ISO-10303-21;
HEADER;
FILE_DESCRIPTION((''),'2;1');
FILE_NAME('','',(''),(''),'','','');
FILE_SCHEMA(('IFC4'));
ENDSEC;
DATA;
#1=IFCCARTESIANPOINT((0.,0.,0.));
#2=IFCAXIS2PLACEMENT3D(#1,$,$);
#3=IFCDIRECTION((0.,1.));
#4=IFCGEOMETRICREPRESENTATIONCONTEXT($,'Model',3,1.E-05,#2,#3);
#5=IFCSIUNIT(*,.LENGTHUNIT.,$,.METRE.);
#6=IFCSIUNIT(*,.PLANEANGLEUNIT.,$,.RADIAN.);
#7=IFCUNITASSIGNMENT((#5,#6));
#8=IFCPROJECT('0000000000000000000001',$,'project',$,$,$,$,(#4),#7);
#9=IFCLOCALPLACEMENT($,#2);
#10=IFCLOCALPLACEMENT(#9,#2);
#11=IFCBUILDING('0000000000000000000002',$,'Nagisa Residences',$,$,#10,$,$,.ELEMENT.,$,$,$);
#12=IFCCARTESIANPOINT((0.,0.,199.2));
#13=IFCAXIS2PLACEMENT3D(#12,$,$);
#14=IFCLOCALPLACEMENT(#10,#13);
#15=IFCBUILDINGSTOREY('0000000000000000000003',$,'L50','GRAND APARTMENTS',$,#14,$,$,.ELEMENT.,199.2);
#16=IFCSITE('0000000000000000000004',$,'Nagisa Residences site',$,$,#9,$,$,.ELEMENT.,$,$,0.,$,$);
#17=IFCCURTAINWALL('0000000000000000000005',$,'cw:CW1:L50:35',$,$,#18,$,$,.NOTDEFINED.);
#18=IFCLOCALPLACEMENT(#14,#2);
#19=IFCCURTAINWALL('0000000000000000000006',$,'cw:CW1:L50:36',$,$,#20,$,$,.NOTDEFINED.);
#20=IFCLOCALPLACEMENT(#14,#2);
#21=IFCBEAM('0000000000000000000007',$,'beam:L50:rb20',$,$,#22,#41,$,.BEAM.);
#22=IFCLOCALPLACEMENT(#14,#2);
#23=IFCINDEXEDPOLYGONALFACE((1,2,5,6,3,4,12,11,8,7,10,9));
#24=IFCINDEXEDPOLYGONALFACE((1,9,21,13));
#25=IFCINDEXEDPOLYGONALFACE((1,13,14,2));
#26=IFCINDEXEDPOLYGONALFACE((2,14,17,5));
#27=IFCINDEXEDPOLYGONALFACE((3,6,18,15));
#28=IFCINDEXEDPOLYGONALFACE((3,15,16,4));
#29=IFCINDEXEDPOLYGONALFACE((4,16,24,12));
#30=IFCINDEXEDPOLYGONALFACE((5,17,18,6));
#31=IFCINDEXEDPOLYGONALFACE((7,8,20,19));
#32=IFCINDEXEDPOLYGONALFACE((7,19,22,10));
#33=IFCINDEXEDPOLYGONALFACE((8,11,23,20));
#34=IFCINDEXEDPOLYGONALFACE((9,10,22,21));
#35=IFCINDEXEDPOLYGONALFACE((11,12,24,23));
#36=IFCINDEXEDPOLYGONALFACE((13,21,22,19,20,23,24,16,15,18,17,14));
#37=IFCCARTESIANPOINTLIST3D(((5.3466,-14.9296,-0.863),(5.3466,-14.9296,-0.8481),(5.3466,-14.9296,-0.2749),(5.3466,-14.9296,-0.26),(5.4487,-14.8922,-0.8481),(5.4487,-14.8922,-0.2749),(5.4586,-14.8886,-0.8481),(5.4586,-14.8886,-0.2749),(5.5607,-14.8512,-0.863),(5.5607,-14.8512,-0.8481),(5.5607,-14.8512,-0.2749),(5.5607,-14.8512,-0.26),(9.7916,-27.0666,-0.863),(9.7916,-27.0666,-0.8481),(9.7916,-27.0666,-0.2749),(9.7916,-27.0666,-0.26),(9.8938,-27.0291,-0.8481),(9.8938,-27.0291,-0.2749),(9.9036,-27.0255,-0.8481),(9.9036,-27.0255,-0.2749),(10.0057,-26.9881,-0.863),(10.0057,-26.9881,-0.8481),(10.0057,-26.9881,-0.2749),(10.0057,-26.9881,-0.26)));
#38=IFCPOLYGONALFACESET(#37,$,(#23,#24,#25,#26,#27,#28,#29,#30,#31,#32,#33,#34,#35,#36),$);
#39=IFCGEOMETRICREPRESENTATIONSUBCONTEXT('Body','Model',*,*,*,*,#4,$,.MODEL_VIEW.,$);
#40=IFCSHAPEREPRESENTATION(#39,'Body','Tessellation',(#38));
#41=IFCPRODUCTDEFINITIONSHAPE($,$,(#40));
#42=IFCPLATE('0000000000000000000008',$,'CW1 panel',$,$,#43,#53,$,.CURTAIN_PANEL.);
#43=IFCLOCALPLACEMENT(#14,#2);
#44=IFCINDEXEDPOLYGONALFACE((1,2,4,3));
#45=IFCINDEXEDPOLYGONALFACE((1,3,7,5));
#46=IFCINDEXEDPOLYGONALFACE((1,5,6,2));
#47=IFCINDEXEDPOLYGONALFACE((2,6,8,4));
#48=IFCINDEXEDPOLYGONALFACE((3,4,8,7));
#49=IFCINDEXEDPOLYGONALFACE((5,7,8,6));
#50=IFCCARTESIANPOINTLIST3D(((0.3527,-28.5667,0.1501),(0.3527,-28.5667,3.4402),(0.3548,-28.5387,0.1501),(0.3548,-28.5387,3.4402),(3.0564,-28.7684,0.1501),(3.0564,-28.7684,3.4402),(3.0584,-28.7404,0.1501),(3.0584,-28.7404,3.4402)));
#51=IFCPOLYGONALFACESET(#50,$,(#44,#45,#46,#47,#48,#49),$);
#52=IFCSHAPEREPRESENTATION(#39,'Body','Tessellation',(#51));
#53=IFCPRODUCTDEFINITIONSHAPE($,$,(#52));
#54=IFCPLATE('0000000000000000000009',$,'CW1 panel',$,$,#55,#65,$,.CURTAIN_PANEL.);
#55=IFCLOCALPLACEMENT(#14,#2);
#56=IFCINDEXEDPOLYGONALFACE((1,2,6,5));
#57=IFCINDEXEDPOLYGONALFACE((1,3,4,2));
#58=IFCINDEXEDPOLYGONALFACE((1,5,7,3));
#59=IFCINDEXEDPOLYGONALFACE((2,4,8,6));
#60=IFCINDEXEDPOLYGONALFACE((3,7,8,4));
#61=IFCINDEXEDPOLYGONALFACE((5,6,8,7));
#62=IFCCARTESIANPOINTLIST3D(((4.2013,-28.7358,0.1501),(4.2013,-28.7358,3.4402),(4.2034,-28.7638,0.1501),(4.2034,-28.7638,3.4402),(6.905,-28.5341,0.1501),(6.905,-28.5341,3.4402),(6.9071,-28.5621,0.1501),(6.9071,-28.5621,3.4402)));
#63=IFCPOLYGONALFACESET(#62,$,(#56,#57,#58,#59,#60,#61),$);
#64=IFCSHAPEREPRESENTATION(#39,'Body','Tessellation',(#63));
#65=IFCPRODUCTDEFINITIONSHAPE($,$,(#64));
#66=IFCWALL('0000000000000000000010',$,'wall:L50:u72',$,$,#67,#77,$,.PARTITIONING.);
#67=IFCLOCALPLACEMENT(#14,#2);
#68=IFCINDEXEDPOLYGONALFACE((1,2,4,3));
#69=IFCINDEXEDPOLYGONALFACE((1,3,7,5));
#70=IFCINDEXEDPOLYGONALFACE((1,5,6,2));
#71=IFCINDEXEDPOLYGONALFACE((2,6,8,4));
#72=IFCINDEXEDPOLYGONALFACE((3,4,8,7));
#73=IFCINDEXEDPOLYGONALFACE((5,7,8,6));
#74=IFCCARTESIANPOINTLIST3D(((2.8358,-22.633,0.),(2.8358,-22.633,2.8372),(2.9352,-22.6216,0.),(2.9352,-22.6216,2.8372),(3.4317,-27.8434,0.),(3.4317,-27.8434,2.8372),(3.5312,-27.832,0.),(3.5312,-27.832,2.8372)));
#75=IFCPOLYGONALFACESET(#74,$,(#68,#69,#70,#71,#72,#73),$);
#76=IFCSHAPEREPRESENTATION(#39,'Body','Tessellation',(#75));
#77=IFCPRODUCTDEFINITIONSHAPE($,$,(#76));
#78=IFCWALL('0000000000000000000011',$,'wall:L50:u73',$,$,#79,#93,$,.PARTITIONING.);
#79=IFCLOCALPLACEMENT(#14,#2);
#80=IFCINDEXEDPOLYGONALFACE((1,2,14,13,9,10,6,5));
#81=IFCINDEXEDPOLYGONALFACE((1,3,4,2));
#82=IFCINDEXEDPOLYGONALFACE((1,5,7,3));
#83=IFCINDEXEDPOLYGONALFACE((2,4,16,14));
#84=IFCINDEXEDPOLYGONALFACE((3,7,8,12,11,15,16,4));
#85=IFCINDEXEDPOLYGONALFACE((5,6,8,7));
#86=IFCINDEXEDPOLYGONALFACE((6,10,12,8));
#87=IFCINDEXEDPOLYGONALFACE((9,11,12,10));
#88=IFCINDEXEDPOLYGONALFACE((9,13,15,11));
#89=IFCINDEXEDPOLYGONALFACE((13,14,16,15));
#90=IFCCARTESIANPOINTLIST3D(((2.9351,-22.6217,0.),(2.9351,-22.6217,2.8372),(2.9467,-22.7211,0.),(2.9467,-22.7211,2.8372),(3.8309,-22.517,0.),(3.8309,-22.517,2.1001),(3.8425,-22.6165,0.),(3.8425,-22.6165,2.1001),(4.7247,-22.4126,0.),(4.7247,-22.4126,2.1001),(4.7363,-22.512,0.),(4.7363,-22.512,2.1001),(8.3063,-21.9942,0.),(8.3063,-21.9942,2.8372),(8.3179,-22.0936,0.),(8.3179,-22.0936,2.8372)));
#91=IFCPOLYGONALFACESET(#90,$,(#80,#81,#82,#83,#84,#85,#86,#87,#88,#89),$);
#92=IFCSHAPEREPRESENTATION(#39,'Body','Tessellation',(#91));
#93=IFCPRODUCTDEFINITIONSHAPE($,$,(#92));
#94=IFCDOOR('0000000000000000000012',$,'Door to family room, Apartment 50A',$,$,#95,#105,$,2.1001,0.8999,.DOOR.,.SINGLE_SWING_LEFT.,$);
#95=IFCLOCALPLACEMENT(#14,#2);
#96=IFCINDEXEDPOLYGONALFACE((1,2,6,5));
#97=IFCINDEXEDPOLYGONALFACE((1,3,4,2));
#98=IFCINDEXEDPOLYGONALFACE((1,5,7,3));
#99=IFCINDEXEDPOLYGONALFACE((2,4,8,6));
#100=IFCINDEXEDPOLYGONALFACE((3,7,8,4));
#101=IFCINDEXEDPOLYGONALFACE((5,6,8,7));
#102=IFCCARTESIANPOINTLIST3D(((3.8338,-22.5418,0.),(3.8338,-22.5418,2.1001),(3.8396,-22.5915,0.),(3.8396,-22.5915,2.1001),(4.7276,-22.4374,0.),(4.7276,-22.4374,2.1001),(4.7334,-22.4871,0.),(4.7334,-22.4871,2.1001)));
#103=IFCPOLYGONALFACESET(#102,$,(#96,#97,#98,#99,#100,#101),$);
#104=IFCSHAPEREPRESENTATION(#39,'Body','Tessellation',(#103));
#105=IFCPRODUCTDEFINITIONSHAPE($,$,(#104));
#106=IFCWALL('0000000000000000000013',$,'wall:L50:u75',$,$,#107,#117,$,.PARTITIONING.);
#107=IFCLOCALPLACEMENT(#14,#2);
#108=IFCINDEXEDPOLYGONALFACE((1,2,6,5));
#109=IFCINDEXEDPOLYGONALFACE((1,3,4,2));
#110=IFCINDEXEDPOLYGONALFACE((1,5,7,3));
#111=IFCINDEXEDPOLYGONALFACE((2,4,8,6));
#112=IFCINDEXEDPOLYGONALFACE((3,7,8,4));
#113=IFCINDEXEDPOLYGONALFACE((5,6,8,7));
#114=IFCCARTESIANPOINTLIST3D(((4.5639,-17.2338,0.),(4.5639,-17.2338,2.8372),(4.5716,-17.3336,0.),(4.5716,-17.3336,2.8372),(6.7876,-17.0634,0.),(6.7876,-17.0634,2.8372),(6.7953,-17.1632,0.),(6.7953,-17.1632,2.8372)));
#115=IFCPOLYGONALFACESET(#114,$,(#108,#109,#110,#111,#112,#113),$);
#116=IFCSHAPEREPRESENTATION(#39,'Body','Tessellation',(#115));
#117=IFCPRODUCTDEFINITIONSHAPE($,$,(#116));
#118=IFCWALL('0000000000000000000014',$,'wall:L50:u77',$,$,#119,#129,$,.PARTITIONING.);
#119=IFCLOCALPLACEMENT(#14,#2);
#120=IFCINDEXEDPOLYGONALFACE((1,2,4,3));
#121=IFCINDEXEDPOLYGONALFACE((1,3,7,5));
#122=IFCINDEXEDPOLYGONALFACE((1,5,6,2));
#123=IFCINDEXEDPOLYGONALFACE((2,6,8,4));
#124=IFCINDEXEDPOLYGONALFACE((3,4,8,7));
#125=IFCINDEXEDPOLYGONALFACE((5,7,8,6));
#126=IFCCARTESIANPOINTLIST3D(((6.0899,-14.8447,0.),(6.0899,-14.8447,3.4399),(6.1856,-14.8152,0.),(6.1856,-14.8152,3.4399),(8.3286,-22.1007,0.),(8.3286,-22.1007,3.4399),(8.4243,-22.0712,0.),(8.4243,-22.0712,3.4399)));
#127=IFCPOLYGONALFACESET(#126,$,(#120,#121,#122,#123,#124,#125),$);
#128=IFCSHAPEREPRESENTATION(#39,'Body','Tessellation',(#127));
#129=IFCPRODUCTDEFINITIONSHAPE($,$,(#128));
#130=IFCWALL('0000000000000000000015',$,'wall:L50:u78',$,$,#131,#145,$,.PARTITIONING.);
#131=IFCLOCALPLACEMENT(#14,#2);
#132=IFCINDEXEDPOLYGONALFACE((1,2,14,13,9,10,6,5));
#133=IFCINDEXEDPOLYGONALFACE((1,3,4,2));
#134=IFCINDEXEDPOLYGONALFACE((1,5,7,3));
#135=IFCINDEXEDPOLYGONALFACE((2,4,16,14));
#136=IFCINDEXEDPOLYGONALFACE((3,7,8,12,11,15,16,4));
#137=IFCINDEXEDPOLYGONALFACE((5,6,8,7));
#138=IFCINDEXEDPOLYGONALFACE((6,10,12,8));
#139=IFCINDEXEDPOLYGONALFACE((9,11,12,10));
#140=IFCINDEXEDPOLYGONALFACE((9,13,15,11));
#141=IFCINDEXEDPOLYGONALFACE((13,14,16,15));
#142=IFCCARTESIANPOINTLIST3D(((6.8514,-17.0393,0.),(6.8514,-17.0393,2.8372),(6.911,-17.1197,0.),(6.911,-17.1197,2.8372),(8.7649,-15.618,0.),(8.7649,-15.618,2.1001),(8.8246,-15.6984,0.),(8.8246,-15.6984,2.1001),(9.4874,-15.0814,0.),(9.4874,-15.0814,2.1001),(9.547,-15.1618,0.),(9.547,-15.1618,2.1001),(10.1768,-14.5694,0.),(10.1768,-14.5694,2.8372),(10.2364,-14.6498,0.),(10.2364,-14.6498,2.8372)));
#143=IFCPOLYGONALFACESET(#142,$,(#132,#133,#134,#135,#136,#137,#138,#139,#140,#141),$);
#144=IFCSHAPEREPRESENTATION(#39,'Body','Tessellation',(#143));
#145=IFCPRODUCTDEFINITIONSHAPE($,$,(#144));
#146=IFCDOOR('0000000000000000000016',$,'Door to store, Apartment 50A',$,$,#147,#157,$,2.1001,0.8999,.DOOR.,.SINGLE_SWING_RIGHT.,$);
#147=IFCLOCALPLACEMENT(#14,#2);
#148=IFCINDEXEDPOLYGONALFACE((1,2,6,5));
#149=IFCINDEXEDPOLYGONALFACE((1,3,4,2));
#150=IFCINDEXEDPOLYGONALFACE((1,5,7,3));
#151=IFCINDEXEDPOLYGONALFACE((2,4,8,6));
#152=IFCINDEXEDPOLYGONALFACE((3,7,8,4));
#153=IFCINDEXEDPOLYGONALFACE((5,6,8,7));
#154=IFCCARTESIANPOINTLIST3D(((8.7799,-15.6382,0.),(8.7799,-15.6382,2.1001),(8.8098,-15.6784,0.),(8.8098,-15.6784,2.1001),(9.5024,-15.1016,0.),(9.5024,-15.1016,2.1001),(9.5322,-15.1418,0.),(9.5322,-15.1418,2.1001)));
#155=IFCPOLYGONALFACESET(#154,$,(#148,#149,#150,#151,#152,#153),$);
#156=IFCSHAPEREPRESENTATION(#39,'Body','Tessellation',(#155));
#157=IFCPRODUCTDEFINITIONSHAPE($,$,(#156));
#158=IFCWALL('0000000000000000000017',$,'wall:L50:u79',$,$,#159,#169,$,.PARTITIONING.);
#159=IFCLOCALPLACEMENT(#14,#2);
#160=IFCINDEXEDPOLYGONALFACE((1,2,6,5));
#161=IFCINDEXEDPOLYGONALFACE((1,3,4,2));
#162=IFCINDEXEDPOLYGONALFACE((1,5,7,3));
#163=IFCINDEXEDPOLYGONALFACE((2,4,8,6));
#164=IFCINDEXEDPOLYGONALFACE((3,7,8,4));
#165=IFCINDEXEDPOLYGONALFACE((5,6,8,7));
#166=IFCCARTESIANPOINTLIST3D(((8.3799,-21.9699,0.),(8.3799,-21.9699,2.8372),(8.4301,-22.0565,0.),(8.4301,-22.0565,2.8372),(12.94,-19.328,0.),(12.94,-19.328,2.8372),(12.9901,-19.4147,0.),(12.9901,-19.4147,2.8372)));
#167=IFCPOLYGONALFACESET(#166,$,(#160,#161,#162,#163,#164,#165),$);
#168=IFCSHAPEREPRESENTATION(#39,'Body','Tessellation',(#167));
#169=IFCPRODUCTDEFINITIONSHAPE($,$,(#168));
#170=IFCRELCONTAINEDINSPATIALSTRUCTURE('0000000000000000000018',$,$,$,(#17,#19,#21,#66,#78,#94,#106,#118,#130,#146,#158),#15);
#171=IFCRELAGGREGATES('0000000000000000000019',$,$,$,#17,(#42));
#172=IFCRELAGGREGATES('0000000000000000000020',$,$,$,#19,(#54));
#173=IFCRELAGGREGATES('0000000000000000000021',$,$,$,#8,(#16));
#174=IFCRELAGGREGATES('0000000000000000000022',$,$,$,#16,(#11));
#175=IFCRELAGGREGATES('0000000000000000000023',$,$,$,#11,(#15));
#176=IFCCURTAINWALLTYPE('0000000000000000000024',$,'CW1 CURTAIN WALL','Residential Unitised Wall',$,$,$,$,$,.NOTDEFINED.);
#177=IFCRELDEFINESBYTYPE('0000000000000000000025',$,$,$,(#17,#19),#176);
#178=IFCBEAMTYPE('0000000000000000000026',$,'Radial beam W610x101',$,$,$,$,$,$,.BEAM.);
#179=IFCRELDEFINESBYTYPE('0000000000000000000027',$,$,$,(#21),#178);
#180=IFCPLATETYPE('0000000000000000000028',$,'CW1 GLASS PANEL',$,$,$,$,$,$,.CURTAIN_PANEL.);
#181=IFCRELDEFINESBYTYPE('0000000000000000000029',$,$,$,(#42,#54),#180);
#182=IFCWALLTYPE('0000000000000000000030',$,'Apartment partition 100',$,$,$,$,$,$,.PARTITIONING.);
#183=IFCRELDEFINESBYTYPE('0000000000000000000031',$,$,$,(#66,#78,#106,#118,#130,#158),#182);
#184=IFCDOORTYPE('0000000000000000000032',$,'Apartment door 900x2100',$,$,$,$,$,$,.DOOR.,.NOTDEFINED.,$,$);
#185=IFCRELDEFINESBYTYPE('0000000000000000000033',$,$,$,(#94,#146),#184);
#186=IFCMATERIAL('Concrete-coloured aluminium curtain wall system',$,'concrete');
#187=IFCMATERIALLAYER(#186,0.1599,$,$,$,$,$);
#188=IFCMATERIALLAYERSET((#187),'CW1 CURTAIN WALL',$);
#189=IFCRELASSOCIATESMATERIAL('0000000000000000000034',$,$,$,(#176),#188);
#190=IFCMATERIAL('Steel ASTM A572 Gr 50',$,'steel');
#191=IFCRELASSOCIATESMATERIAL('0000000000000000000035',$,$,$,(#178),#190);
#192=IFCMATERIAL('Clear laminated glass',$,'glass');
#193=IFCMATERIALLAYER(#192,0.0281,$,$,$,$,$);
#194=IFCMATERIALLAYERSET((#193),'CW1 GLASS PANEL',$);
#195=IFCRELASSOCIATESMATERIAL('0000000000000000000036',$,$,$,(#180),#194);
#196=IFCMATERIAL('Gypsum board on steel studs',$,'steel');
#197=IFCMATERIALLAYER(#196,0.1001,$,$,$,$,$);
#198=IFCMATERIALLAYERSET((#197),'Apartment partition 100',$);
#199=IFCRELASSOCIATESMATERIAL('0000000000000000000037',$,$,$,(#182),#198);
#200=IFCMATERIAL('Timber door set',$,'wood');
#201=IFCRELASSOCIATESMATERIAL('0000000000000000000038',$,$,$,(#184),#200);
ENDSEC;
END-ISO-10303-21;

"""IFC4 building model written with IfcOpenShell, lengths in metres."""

from ifc_helpers import new_model, si_unit, direction, frame, frame_2d, origin, origin_2d, place, context, subcontext, project, spatial, rectangle, i_section, extrude, material, layer, layer_set, material_profile, profile_set, type_object, element, fill, aggregate, save


model = new_model("IFC4")

# Units and contexts
model_context = context("Model", 3, precision=1e-05, world=origin(), true_north=direction((0.0, 1.0)))
body_context = subcontext(model_context, "Body", "Model", "MODEL_VIEW")
ifc_project = project(units=[si_unit("LENGTHUNIT", "METRE"), si_unit("PLANEANGLEUNIT", "RADIAN")], contexts=[model_context])

# Site, building, storey
site_placement = place(None, origin())
site = spatial("IfcSite", under=ifc_project, at=site_placement, Name="Nagisa Residences site", CompositionType="ELEMENT", RefElevation=0.0)
building_placement = place(site_placement, origin())
building = spatial("IfcBuilding", under=site, at=building_placement, Name="Nagisa Residences", CompositionType="ELEMENT")
storey_placement = place(building_placement, frame((0.0, 0.0, 199.2)))
storey = spatial("IfcBuildingStorey", under=building, at=storey_placement, Name="L50", Description="GRAND APARTMENTS", CompositionType="ELEMENT", Elevation=199.2)

# Curtain walls
ifc_material_1 = material(Name="Concrete-coloured aluminium curtain wall system", Category="concrete")
ifc_layer_1 = layer(ifc_material_1, 0.1599)
ifc_layer_set_1 = layer_set([ifc_layer_1], Name="CW1 CURTAIN WALL")
curtain_wall_type = type_object("IfcCurtainWallType", Name="CW1 CURTAIN WALL", Description="Residential Unitised Wall", PredefinedType="NOTDEFINED", material=ifc_layer_set_1)
curtain_wall_1_placement = place(storey_placement, origin())
curtain_wall_1 = element("IfcCurtainWall", 1, at=curtain_wall_1_placement, inside=storey, type_object=curtain_wall_type, Name="cw:CW1:L50:35", PredefinedType="NOTDEFINED")
curtain_wall_2_placement = place(storey_placement, origin())
curtain_wall_2 = element("IfcCurtainWall", 2, at=curtain_wall_2_placement, inside=storey, type_object=curtain_wall_type, Name="cw:CW1:L50:36", PredefinedType="NOTDEFINED")

# Beam
ifc_material_2 = material(Name="Steel ASTM A572 Gr 50", Category="steel")
ifc_material_profile_1 = material_profile(ifc_material_2, i_section(OverallWidth=0.228, OverallDepth=0.603, WebThickness=0.0105, FlangeThickness=0.0149, at=origin_2d()), Name="W610x101")
ifc_profile_set_1 = profile_set([ifc_material_profile_1], Name="Steel ASTM A572 Gr 50")
beam_type_1 = type_object("IfcBeamType", Name="Radial beam W610x101", PredefinedType="BEAM", material=ifc_profile_set_1)
beam_1_placement = place(storey_placement, frame((9.8987, -27.0273, -0.5615), z_axis=(-0.343903, 0.939005, 0.0), x_axis=(-0.939005, -0.343903, 0.0)))
element("IfcBeam", 3, at=beam_1_placement, inside=storey, type_object=beam_type_1, Name="beam:L50:rb20", PredefinedType="BEAM", context=body_context, shape_type="SweptSolid", body=[
    extrude(i_section(OverallWidth=0.228, OverallDepth=0.603, WebThickness=0.0105, FlangeThickness=0.0149, at=origin_2d()), origin(), (0.0, 0.0, 1.0), 12.9253),
])

# Plates
ifc_material_3 = material(Name="Clear laminated glass", Category="glass")
ifc_layer_2 = layer(ifc_material_3, 0.0281)
ifc_layer_set_2 = layer_set([ifc_layer_2], Name="CW1 GLASS PANEL")
plate_type = type_object("IfcPlateType", Name="CW1 GLASS PANEL", PredefinedType="CURTAIN_PANEL", material=ifc_layer_set_2)
plate_1_placement = place(storey_placement, frame((1.7056, -28.6536, 0.1501), z_axis=(0.0, 0.0, 1.0), x_axis=(0.99723, -0.074377, 0.0)))
plate_1 = element("IfcPlate", 4, at=plate_1_placement, type_object=plate_type, Name="CW1 panel", PredefinedType="CURTAIN_PANEL", context=body_context, shape_type="SweptSolid", body=[
    extrude(rectangle(XDim=2.7112, YDim=0.0281, at=origin_2d()), origin(), (0.0, 0.0, 1.0), 3.29),
])
aggregate(curtain_wall_1, [plate_1])
plate_2_placement = place(storey_placement, frame((5.5542, -28.6489, 0.1501), z_axis=(0.0, 0.0, 1.0), x_axis=(0.99723, 0.074377, 0.0)))
plate_2 = element("IfcPlate", 5, at=plate_2_placement, type_object=plate_type, Name="CW1 panel", PredefinedType="CURTAIN_PANEL", context=body_context, shape_type="SweptSolid", body=[
    extrude(rectangle(XDim=2.7112, YDim=0.0281, at=origin_2d()), origin(), (0.0, 0.0, 1.0), 3.29),
])
aggregate(curtain_wall_2, [plate_2])

# Wall
ifc_material_4 = material(Name="Gypsum board on steel studs", Category="steel")
ifc_layer_3 = layer(ifc_material_4, 0.1001)
ifc_layer_set_3 = layer_set([ifc_layer_3], Name="Apartment partition 100")
wall_type_1 = type_object("IfcWallType", Name="Apartment partition 100", PredefinedType="PARTITIONING", material=ifc_layer_set_3)
wall_1_placement = place(storey_placement, frame((2.8855, -22.6274, 0.0), z_axis=(0.0, 0.0, 1.0), x_axis=(0.113635, -0.993523, 0.0)))
element("IfcWall", 6, at=wall_1_placement, inside=storey, type_object=wall_type_1, Name="wall:L50:u72", PredefinedType="PARTITIONING", context=body_context, shape_type="SweptSolid", body=[
    extrude(rectangle(XDim=5.2444, YDim=0.1001, at=frame_2d((2.6221, 0.0))), origin(), (0.0, 0.0, 1.0), 2.8372),
])

# Wall, opening, door
wall_2_placement = place(storey_placement, frame((2.9409, -22.6714, 0.0), z_axis=(0.0, 0.0, 1.0), x_axis=(0.993246, 0.116029, 0.0)))
wall_2 = element("IfcWall", 7, at=wall_2_placement, inside=storey, type_object=wall_type_1, Name="wall:L50:u73", PredefinedType="PARTITIONING", context=body_context, shape_type="SweptSolid", body=[
    extrude(rectangle(XDim=5.4077, YDim=0.1001, at=frame_2d((2.7039, 0.0))), origin(), (0.0, 0.0, 1.0), 2.8372),
])
opening_1_placement = place(wall_2_placement, frame((0.9019, 0.0, 0.0)))
opening_1 = element("IfcOpeningElement", 8, at=opening_1_placement, cuts=wall_2, PredefinedType="OPENING", context=body_context, shape_type="SweptSolid", body=[
    extrude(rectangle(XDim=0.8999, YDim=2.1001, at=frame_2d((0.45, 1.05))), frame((0.0, 0.0601, 0.0), z_axis=(0.0, -1.0, 0.0), x_axis=(1.0, 0.0, 0.0)), (0.0, 0.0, 1.0), 0.1201),
])
ifc_material_5 = material(Name="Timber door set", Category="wood")
door_type_1 = type_object("IfcDoorType", Name="Apartment door 900x2100", OperationType="NOTDEFINED", PredefinedType="DOOR", material=ifc_material_5)
door_1_placement = place(opening_1_placement, frame((0.8999, 0.0, 0.0), x_axis=(-1.0, 0.0, 0.0)))
door_1 = element("IfcDoor", 9, at=door_1_placement, inside=storey, type_object=door_type_1, Name="Door to family room, Apartment 50A", OperationType="SINGLE_SWING_LEFT", OverallHeight=2.1001, OverallWidth=0.8999, PredefinedType="DOOR", context=body_context, shape_type="SweptSolid", body=[
    extrude(rectangle(XDim=0.8999, YDim=2.1001, at=frame_2d((0.45, 1.05))), frame((0.0, 0.0249, 0.0), z_axis=(0.0, -1.0, 0.0), x_axis=(1.0, 0.0, 0.0)), (0.0, 0.0, 1.0), 0.05),
])
fill(opening_1, door_1)

# Walls
wall_3_placement = place(storey_placement, frame((4.5676, -17.2837, 0.0), z_axis=(0.0, 0.0, 1.0), x_axis=(0.997076, 0.076412, 0.0)))
element("IfcWall", 10, at=wall_3_placement, inside=storey, type_object=wall_type_1, Name="wall:L50:u75", PredefinedType="PARTITIONING", context=body_context, shape_type="SweptSolid", body=[
    extrude(rectangle(XDim=2.2302, YDim=0.1001, at=frame_2d((1.1152, 0.0))), origin(), (0.0, 0.0, 1.0), 2.8372),
])
wall_4_placement = place(storey_placement, frame((6.1377, -14.8298, 0.0), z_axis=(0.0, 0.0, 1.0), x_axis=(0.294822, -0.955552, 0.0)))
element("IfcWall", 11, at=wall_4_placement, inside=storey, type_object=wall_type_1, Name="wall:L50:u77", PredefinedType="PARTITIONING", context=body_context, shape_type="SweptSolid", body=[
    extrude(rectangle(XDim=7.5935, YDim=0.1001, at=frame_2d((3.7969, 0.0))), origin(), (0.0, 0.0, 1.0), 3.4399),
])

# Wall, opening, door
wall_5_placement = place(storey_placement, frame((6.8811, -17.0796, 0.0), z_axis=(0.0, 0.0, 1.0), x_axis=(0.802785, 0.596269, 0.0)))
wall_5 = element("IfcWall", 12, at=wall_5_placement, inside=storey, type_object=wall_type_1, Name="wall:L50:u78", PredefinedType="PARTITIONING", context=body_context, shape_type="SweptSolid", body=[
    extrude(rectangle(XDim=4.1423, YDim=0.1001, at=frame_2d((2.0713, 0.0))), origin(), (0.0, 0.0, 1.0), 2.8372),
])
opening_2_placement = place(wall_5_placement, frame((2.3838, 0.0, 0.0)))
opening_2 = element("IfcOpeningElement", 13, at=opening_2_placement, cuts=wall_5, PredefinedType="OPENING", context=body_context, shape_type="SweptSolid", body=[
    extrude(rectangle(XDim=0.8999, YDim=2.1001, at=frame_2d((0.45, 1.05))), frame((0.0, 0.0601, 0.0), z_axis=(0.0, -1.0, 0.0), x_axis=(1.0, 0.0, 0.0)), (0.0, 0.0, 1.0), 0.1201),
])
door_2_placement = place(opening_2_placement, origin())
door_2 = element("IfcDoor", 14, at=door_2_placement, inside=storey, type_object=door_type_1, Name="Door to store, Apartment 50A", OperationType="SINGLE_SWING_RIGHT", OverallHeight=2.1001, OverallWidth=0.8999, PredefinedType="DOOR", context=body_context, shape_type="SweptSolid", body=[
    extrude(rectangle(XDim=0.8999, YDim=2.1001, at=frame_2d((0.45, 1.05))), frame((0.0, 0.0249, 0.0), z_axis=(0.0, -1.0, 0.0), x_axis=(1.0, 0.0, 0.0)), (0.0, 0.0, 1.0), 0.05),
])
fill(opening_2, door_2)

# Wall
wall_6_placement = place(storey_placement, frame((8.405, -22.0132, 0.0), z_axis=(0.0, 0.0, 1.0), x_axis=(0.865277, 0.501294, 0.0)))
element("IfcWall", 15, at=wall_6_placement, inside=storey, type_object=wall_type_1, Name="wall:L50:u79", PredefinedType="PARTITIONING", context=body_context, shape_type="SweptSolid", body=[
    extrude(rectangle(XDim=5.27, YDim=0.1001, at=frame_2d((2.635, 0.0))), origin(), (0.0, 0.0, 1.0), 2.8372),
])

save(model, "model.ifc")
